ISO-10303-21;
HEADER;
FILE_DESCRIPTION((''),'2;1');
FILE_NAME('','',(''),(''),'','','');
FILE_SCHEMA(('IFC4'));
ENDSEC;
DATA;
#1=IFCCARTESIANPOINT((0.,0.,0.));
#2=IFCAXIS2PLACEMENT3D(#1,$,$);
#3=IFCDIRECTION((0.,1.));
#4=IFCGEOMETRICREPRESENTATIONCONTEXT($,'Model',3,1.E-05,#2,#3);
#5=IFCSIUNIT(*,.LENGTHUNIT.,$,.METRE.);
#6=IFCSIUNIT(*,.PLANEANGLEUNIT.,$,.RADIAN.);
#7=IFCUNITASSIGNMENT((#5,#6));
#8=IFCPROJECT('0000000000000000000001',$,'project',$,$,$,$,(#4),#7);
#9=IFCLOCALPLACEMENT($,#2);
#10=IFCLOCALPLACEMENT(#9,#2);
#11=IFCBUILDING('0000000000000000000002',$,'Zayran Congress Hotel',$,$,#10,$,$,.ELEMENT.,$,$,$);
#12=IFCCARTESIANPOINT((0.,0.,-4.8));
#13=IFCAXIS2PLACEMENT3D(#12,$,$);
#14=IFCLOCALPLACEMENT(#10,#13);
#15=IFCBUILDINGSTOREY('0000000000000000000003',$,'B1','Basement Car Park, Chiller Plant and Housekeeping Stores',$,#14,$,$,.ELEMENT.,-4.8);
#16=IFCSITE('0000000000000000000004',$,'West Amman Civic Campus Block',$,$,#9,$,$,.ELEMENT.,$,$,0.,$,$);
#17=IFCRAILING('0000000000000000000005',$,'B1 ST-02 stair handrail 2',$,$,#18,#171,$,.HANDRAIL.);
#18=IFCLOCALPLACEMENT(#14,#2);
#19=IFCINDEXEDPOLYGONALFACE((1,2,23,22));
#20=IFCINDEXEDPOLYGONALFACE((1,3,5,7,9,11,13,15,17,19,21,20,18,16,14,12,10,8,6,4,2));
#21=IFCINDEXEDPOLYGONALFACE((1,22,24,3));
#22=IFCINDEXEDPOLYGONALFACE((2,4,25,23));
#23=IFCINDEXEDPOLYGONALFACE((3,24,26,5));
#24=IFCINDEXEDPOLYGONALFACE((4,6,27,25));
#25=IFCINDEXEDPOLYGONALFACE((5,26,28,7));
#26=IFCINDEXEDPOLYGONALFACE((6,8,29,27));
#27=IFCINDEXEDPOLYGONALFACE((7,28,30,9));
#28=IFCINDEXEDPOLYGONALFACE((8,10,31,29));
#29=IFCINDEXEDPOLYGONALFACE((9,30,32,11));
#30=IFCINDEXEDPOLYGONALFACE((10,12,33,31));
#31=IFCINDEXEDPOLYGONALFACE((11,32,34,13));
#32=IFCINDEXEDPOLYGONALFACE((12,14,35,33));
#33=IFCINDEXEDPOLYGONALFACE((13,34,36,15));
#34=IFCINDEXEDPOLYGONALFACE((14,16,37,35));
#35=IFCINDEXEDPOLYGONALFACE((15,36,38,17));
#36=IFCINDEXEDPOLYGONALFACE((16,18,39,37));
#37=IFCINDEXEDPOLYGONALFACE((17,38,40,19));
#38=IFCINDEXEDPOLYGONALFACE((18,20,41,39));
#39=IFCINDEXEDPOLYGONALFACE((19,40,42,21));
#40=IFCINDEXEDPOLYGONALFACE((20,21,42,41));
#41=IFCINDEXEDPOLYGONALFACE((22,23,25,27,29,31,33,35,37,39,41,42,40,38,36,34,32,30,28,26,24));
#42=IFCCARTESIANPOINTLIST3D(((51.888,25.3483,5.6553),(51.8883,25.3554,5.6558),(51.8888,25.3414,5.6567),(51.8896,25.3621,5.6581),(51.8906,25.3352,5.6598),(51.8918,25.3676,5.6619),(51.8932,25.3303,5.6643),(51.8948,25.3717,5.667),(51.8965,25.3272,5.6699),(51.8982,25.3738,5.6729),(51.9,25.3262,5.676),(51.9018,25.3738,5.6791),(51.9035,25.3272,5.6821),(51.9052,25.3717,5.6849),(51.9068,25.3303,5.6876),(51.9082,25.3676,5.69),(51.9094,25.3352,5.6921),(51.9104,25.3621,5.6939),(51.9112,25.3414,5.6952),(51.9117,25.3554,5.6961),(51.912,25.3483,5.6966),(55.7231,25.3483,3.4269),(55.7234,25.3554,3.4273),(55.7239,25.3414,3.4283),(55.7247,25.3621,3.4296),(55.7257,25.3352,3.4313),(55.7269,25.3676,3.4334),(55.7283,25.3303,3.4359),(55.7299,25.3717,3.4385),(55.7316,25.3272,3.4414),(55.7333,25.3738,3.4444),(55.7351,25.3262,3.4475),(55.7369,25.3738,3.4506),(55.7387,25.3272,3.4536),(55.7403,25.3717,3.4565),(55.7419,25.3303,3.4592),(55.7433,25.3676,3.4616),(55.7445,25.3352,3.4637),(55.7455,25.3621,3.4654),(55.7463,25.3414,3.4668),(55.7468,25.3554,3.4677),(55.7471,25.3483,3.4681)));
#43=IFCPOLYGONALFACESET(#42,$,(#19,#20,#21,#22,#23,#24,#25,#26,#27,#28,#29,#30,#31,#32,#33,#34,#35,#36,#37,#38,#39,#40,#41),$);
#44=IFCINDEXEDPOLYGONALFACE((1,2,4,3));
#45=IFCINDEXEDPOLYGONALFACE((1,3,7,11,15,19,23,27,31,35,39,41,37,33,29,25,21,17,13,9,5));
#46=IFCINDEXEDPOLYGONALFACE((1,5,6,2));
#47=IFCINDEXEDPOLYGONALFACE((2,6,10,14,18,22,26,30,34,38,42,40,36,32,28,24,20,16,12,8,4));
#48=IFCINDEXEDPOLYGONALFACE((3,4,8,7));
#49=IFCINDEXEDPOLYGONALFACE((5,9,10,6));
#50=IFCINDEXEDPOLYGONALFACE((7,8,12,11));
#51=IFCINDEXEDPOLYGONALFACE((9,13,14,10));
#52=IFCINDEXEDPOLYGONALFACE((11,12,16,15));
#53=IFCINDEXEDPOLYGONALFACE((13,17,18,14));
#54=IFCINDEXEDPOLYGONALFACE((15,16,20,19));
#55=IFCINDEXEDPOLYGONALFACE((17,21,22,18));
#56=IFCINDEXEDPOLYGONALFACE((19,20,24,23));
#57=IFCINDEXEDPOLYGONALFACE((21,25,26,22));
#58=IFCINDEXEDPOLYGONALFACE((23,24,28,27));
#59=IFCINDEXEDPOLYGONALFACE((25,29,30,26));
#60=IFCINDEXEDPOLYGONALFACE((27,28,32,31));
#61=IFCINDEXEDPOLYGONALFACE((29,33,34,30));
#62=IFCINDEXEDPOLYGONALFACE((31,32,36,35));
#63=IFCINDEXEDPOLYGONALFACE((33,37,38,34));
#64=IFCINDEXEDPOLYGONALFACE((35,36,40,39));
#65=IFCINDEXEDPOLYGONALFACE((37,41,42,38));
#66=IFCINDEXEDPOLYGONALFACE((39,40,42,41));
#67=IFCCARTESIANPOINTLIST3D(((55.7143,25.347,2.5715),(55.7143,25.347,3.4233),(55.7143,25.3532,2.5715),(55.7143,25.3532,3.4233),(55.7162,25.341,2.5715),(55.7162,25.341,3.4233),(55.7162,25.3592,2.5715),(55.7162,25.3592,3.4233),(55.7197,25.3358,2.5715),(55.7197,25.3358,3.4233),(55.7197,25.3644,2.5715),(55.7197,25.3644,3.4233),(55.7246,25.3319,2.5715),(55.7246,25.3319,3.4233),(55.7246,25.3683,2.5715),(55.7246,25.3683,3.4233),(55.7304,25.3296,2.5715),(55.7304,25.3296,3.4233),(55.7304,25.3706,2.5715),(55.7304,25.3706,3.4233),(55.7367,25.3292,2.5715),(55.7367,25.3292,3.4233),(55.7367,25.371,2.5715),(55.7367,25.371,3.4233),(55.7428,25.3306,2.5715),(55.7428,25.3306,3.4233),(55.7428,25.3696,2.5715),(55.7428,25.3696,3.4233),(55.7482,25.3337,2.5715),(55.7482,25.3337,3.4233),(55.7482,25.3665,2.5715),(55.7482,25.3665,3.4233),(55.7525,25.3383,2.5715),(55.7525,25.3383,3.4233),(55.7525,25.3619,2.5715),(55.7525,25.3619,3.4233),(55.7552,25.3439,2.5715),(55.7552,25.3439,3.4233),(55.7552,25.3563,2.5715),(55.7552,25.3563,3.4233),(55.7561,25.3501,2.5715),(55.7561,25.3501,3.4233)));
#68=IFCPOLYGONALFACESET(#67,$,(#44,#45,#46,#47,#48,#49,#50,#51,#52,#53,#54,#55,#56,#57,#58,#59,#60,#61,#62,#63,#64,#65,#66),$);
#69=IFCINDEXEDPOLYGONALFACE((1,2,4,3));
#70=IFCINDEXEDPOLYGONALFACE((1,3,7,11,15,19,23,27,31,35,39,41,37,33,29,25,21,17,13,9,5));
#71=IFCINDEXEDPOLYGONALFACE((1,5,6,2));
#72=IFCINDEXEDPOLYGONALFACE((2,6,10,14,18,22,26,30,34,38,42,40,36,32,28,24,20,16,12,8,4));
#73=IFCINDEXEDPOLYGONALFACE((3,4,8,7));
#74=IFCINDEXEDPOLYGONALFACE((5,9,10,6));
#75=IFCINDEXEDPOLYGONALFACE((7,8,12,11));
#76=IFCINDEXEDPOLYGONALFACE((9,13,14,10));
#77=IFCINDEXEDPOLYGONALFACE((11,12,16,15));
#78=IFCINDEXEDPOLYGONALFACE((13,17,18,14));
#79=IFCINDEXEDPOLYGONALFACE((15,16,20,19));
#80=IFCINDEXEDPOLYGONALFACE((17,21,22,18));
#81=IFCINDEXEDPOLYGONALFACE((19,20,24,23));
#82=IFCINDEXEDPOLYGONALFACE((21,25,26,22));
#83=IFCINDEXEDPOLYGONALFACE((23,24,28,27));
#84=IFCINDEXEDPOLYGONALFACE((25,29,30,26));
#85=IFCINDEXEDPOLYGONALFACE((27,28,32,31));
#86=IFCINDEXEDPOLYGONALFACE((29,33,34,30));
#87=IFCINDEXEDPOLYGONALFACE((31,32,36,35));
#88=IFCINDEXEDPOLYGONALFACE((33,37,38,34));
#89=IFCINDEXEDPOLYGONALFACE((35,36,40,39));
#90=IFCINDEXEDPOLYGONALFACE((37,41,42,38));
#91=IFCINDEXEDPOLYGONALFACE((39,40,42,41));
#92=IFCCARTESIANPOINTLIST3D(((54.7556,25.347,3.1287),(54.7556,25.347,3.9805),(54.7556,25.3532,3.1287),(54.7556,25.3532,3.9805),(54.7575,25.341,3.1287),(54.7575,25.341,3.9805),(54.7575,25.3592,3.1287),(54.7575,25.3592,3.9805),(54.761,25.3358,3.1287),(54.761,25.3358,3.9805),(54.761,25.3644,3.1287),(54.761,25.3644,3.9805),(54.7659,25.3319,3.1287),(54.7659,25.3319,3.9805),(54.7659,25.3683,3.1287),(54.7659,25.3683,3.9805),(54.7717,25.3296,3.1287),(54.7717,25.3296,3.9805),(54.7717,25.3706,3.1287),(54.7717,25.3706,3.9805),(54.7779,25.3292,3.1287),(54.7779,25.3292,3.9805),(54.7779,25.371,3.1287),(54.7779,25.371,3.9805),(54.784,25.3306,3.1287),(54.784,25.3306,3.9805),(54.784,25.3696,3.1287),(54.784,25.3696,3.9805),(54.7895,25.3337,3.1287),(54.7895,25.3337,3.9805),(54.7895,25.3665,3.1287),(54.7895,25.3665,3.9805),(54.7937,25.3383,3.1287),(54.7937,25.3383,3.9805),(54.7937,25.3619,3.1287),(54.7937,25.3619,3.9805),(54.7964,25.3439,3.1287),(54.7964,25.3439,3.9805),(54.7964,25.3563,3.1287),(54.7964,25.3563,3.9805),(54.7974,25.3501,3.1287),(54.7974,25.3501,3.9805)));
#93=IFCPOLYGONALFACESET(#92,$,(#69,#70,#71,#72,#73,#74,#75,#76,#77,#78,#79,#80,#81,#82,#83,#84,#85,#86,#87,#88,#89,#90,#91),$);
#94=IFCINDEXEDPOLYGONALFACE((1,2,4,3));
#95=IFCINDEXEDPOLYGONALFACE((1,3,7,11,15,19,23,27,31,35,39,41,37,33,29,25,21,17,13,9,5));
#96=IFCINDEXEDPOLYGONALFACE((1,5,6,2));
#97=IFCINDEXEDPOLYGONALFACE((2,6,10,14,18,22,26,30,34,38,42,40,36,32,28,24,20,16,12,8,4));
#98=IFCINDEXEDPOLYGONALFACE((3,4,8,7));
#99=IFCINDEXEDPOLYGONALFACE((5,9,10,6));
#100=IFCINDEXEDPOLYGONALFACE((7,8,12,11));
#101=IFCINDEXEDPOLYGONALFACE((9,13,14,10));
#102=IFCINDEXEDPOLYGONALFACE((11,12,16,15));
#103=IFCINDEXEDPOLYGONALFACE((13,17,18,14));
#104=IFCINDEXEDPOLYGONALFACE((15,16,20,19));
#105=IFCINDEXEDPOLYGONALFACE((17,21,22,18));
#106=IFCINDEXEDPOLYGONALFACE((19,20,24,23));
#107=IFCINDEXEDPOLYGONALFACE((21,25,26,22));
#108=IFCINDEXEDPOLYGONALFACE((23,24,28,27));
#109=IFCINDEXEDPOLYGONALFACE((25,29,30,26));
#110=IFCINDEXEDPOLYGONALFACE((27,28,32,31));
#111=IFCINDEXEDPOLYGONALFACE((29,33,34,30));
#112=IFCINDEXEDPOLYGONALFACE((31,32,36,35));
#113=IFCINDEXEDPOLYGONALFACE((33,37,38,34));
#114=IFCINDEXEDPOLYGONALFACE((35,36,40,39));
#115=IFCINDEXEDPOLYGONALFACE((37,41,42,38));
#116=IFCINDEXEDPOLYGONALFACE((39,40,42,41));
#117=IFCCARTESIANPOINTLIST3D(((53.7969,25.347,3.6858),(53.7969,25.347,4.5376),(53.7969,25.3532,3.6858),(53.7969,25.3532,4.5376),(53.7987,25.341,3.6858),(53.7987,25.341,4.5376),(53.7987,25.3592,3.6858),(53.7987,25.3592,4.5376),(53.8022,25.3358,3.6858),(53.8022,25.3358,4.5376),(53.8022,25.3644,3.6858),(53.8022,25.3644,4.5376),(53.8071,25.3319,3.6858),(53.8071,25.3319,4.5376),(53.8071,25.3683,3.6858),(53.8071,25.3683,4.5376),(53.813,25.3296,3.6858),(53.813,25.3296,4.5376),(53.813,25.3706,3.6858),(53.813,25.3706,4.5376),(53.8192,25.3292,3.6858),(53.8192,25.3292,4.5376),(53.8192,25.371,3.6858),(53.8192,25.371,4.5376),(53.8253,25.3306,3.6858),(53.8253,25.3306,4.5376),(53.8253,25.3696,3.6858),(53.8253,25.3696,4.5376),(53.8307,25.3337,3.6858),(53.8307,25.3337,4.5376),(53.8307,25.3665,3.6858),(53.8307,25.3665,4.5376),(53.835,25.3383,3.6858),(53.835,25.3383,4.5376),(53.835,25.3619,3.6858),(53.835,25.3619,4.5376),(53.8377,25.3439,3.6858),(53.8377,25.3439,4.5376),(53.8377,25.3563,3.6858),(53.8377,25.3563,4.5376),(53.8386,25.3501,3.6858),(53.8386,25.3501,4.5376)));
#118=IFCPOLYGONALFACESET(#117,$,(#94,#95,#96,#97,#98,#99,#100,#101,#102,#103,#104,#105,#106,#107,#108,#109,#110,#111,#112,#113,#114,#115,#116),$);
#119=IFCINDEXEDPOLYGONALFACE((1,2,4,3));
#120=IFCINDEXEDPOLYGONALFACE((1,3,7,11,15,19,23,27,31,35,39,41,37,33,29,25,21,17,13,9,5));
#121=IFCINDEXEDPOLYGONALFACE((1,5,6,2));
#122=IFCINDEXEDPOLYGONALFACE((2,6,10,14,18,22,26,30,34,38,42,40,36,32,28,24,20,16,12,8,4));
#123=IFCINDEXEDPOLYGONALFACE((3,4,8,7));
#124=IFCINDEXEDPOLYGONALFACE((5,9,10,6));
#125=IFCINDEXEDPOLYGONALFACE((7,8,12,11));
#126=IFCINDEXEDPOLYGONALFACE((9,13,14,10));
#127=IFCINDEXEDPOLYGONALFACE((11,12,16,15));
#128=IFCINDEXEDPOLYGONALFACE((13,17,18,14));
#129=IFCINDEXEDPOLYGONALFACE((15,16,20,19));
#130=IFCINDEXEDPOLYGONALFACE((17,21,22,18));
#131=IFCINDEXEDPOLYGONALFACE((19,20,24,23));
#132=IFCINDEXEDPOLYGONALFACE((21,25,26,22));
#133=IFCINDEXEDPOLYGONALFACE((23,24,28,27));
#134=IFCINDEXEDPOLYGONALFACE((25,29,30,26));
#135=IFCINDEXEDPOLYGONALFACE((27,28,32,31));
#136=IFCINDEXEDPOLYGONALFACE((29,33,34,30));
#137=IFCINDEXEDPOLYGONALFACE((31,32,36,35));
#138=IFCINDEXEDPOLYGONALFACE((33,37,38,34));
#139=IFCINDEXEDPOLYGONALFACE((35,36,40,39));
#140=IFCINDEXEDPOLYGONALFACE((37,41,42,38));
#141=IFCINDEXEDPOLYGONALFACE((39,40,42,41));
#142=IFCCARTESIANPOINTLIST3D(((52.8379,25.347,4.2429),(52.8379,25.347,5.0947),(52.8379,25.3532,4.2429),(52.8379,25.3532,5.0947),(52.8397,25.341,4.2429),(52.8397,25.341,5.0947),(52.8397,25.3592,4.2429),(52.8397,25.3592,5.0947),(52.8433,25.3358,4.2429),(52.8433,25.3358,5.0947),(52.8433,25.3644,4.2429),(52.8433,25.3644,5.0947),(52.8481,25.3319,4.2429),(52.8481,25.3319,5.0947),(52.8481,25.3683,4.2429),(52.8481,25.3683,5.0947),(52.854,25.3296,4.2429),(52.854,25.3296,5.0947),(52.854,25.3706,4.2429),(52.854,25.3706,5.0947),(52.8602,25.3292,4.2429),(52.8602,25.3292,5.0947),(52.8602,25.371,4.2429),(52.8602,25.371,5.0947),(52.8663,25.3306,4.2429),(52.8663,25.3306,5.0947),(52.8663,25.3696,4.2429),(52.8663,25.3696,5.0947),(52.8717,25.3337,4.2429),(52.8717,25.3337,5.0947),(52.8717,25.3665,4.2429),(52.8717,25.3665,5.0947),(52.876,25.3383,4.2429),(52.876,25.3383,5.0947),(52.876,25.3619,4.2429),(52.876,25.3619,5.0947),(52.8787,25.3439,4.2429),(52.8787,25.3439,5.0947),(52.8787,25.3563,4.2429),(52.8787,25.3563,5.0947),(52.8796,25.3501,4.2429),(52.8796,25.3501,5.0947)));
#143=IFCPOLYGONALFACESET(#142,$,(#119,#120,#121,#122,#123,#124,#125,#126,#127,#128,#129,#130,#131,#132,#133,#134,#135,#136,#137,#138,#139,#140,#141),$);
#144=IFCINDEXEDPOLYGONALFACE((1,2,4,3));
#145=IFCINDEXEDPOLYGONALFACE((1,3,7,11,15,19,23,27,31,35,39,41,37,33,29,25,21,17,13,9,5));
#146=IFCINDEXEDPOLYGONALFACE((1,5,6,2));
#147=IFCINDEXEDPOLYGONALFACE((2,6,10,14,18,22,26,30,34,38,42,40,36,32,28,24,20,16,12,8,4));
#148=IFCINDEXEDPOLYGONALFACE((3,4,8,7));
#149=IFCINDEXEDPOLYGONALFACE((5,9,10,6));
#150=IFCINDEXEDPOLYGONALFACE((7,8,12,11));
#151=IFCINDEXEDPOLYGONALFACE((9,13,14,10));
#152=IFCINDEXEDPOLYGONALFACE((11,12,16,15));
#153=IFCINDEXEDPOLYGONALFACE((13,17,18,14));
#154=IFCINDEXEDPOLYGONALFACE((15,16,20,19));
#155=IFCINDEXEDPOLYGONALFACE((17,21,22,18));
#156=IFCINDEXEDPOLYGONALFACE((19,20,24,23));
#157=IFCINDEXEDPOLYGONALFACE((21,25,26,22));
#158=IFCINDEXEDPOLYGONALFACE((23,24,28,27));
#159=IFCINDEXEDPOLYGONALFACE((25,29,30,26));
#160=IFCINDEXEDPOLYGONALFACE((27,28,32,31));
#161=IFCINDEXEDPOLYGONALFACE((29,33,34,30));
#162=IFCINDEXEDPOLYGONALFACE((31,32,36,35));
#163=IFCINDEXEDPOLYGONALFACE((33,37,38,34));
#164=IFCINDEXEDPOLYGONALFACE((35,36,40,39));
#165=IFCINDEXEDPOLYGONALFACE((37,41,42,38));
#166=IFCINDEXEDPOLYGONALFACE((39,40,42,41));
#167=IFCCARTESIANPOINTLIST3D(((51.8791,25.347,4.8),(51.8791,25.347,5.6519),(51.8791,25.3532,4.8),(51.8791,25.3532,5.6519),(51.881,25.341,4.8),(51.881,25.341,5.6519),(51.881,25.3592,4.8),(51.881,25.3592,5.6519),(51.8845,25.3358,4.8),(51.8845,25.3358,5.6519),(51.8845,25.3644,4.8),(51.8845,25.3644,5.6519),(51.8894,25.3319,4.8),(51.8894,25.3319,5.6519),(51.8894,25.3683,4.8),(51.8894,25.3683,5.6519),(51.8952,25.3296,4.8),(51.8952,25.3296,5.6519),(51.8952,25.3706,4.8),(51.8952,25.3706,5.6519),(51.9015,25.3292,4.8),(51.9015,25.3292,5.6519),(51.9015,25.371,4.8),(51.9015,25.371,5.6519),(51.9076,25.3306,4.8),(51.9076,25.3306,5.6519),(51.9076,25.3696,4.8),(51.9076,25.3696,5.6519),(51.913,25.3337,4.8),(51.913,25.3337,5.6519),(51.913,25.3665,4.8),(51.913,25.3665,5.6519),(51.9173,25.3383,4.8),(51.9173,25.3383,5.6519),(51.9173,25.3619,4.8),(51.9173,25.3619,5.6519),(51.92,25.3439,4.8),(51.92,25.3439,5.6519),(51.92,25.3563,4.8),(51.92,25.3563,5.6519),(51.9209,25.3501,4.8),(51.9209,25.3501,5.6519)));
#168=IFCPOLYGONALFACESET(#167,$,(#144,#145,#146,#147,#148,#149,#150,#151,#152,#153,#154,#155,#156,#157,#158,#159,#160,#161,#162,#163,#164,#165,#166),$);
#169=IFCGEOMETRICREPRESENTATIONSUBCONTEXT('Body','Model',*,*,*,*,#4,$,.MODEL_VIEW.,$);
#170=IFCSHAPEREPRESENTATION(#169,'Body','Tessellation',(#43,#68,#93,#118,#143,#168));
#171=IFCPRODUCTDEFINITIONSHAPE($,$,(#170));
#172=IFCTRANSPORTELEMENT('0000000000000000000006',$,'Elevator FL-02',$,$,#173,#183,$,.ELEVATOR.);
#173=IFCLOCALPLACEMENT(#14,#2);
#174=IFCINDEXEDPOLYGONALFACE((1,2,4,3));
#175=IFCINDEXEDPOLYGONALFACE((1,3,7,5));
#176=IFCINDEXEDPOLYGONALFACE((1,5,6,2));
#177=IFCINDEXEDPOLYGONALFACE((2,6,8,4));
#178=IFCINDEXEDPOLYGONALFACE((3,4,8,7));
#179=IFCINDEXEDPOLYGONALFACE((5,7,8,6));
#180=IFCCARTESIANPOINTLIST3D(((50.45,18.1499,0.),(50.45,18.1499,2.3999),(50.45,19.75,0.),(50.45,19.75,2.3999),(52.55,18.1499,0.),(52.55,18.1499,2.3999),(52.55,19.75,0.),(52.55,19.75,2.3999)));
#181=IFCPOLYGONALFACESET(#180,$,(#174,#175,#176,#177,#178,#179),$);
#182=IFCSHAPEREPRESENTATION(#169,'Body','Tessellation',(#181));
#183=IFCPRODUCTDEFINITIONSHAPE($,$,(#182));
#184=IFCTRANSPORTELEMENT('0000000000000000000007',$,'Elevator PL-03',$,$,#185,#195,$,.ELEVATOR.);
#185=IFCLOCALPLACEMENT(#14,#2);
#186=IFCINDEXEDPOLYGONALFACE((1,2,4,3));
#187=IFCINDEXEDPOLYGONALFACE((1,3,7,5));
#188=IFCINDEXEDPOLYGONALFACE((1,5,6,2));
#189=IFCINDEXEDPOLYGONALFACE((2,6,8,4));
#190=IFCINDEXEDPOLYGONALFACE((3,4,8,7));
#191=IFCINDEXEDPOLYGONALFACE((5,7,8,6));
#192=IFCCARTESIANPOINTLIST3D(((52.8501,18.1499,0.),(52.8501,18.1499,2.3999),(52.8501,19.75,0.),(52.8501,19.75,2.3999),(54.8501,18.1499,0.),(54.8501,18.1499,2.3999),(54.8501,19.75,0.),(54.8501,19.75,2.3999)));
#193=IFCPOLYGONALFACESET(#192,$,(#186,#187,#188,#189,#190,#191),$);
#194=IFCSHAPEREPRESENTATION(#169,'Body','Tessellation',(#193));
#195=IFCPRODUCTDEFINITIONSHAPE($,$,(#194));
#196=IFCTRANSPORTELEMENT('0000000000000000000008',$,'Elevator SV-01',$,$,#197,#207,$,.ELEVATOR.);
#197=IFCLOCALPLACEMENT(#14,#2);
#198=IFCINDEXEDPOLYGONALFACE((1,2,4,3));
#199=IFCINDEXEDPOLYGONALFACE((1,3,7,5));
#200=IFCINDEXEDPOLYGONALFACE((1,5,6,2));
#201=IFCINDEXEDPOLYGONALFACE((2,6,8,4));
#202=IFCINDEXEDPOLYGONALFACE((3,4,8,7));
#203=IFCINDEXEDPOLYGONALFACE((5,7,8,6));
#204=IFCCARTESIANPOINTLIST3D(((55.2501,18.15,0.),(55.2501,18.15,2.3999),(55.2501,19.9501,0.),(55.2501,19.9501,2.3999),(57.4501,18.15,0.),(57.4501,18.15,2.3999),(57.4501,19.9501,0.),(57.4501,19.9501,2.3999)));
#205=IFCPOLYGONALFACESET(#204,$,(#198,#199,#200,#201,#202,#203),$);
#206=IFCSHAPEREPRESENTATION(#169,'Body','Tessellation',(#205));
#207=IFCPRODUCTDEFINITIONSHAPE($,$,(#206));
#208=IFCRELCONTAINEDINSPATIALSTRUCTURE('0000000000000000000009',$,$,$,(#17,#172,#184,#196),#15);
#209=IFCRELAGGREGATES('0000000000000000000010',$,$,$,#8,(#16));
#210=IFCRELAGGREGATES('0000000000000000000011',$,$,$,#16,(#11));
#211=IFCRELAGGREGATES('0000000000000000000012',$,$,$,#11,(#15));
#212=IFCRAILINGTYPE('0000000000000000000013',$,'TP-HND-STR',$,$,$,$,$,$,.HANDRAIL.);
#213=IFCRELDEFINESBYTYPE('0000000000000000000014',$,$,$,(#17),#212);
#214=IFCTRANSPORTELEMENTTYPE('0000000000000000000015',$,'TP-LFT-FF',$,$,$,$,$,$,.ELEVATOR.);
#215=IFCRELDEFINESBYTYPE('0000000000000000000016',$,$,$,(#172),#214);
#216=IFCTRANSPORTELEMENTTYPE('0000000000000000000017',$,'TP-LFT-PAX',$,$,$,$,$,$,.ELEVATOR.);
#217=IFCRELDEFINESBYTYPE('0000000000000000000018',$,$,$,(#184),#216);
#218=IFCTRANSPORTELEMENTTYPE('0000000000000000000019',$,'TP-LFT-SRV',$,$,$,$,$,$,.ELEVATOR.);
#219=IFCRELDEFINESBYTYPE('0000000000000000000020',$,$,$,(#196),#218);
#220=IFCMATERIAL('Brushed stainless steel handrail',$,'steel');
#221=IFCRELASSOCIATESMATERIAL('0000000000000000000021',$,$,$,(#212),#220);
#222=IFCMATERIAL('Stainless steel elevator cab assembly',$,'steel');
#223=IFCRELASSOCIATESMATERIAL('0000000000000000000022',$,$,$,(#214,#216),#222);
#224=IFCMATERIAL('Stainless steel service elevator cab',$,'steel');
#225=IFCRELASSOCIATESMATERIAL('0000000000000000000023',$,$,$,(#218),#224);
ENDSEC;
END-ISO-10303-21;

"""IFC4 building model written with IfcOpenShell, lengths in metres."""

from ifc_helpers import new_model, si_unit, direction, frame, origin, origin_2d, place, context, subcontext, project, spatial, rectangle, circle, extrude, material, type_object, element, save


model = new_model("IFC4")

# Units and contexts
model_context = context("Model", 3, precision=1e-05, world=origin(), true_north=direction((0.0, 1.0)))
body_context = subcontext(model_context, "Body", "Model", "MODEL_VIEW")
ifc_project = project(units=[si_unit("LENGTHUNIT", "METRE"), si_unit("PLANEANGLEUNIT", "RADIAN")], contexts=[model_context])

# Site, building, storey
site_placement = place(None, origin())
site = spatial("IfcSite", under=ifc_project, at=site_placement, Name="West Amman Civic Campus Block", CompositionType="ELEMENT", RefElevation=0.0)
building_placement = place(site_placement, origin())
building = spatial("IfcBuilding", under=site, at=building_placement, Name="Zayran Congress Hotel", CompositionType="ELEMENT")
storey_placement = place(building_placement, frame((0.0, 0.0, -4.8)))
storey = spatial("IfcBuildingStorey", under=building, at=storey_placement, Name="B1", Description="Basement Car Park, Chiller Plant and Housekeeping Stores", CompositionType="ELEMENT", Elevation=-4.8)

# Railing
ifc_material_1 = material(Name="Brushed stainless steel handrail", Category="steel")
railing_type_1 = type_object("IfcRailingType", Name="TP-HND-STR", PredefinedType="HANDRAIL", material=ifc_material_1)
railing_1_placement = place(storey_placement, frame((55.7351, 25.3501, 2.5715)))
element("IfcRailing", 1, at=railing_1_placement, inside=storey, type_object=railing_type_1, Name="B1 ST-02 stair handrail 2", PredefinedType="HANDRAIL", context=body_context, shape_type="SweptSolid", body=[
    extrude(circle(Radius=0.0239, at=origin_2d()), frame((0.0, 0.0, 0.876), z_axis=(-0.86463, 0.0, 0.502409), x_axis=(0.0, -1.0, 0.0)), (0.0, 0.0, 1.0), 4.4355),
    extrude(circle(Radius=0.021, at=origin_2d()), origin(), (0.0, 0.0, 1.0), 0.8518),
    extrude(circle(Radius=0.021, at=origin_2d()), frame((-0.9587, 0.0, 0.5571)), (0.0, 0.0, 1.0), 0.8518),
    extrude(circle(Radius=0.021, at=origin_2d()), frame((-1.9175, 0.0, 1.1143)), (0.0, 0.0, 1.0), 0.8518),
    extrude(circle(Radius=0.021, at=origin_2d()), frame((-2.8765, 0.0, 1.6714)), (0.0, 0.0, 1.0), 0.8518),
    extrude(circle(Radius=0.021, at=origin_2d()), frame((-3.8352, 0.0, 2.2285)), (0.0, 0.0, 1.0), 0.8518),
])

# Transport elements
ifc_material_2 = material(Name="Stainless steel elevator cab assembly", Category="steel")
transport_element_type_1 = type_object("IfcTransportElementType", Name="TP-LFT-FF", PredefinedType="ELEVATOR", material=ifc_material_2)
transport_element_1_placement = place(storey_placement, frame((51.5, 18.95, 0.0), z_axis=(0.0, 0.0, 1.0), x_axis=(1.0, 0.0, 0.0)))
element("IfcTransportElement", 2, at=transport_element_1_placement, inside=storey, type_object=transport_element_type_1, Name="Elevator FL-02", PredefinedType="ELEVATOR", context=body_context, shape_type="SweptSolid", body=[
    extrude(rectangle(XDim=2.1001, YDim=1.6001, at=origin_2d()), origin(), (0.0, 0.0, 1.0), 2.3999),
])
transport_element_type_2 = type_object("IfcTransportElementType", Name="TP-LFT-PAX", PredefinedType="ELEVATOR", material=ifc_material_2)
transport_element_2_placement = place(storey_placement, frame((53.8501, 18.95, 0.0), z_axis=(0.0, 0.0, 1.0), x_axis=(1.0, 0.0, 0.0)))
element("IfcTransportElement", 3, at=transport_element_2_placement, inside=storey, type_object=transport_element_type_2, Name="Elevator PL-03", PredefinedType="ELEVATOR", context=body_context, shape_type="SweptSolid", body=[
    extrude(rectangle(XDim=2.0, YDim=1.6001, at=origin_2d()), origin(), (0.0, 0.0, 1.0), 2.3999),
])
ifc_material_3 = material(Name="Stainless steel service elevator cab", Category="steel")
transport_element_type_3 = type_object("IfcTransportElementType", Name="TP-LFT-SRV", PredefinedType="ELEVATOR", material=ifc_material_3)
transport_element_3_placement = place(storey_placement, frame((56.3501, 19.05, 0.0), z_axis=(0.0, 0.0, 1.0), x_axis=(1.0, 0.0, 0.0)))
element("IfcTransportElement", 4, at=transport_element_3_placement, inside=storey, type_object=transport_element_type_3, Name="Elevator SV-01", PredefinedType="ELEVATOR", context=body_context, shape_type="SweptSolid", body=[
    extrude(rectangle(XDim=2.2, YDim=1.8, at=origin_2d()), origin(), (0.0, 0.0, 1.0), 2.3999),
])

save(model, "model.ifc")
